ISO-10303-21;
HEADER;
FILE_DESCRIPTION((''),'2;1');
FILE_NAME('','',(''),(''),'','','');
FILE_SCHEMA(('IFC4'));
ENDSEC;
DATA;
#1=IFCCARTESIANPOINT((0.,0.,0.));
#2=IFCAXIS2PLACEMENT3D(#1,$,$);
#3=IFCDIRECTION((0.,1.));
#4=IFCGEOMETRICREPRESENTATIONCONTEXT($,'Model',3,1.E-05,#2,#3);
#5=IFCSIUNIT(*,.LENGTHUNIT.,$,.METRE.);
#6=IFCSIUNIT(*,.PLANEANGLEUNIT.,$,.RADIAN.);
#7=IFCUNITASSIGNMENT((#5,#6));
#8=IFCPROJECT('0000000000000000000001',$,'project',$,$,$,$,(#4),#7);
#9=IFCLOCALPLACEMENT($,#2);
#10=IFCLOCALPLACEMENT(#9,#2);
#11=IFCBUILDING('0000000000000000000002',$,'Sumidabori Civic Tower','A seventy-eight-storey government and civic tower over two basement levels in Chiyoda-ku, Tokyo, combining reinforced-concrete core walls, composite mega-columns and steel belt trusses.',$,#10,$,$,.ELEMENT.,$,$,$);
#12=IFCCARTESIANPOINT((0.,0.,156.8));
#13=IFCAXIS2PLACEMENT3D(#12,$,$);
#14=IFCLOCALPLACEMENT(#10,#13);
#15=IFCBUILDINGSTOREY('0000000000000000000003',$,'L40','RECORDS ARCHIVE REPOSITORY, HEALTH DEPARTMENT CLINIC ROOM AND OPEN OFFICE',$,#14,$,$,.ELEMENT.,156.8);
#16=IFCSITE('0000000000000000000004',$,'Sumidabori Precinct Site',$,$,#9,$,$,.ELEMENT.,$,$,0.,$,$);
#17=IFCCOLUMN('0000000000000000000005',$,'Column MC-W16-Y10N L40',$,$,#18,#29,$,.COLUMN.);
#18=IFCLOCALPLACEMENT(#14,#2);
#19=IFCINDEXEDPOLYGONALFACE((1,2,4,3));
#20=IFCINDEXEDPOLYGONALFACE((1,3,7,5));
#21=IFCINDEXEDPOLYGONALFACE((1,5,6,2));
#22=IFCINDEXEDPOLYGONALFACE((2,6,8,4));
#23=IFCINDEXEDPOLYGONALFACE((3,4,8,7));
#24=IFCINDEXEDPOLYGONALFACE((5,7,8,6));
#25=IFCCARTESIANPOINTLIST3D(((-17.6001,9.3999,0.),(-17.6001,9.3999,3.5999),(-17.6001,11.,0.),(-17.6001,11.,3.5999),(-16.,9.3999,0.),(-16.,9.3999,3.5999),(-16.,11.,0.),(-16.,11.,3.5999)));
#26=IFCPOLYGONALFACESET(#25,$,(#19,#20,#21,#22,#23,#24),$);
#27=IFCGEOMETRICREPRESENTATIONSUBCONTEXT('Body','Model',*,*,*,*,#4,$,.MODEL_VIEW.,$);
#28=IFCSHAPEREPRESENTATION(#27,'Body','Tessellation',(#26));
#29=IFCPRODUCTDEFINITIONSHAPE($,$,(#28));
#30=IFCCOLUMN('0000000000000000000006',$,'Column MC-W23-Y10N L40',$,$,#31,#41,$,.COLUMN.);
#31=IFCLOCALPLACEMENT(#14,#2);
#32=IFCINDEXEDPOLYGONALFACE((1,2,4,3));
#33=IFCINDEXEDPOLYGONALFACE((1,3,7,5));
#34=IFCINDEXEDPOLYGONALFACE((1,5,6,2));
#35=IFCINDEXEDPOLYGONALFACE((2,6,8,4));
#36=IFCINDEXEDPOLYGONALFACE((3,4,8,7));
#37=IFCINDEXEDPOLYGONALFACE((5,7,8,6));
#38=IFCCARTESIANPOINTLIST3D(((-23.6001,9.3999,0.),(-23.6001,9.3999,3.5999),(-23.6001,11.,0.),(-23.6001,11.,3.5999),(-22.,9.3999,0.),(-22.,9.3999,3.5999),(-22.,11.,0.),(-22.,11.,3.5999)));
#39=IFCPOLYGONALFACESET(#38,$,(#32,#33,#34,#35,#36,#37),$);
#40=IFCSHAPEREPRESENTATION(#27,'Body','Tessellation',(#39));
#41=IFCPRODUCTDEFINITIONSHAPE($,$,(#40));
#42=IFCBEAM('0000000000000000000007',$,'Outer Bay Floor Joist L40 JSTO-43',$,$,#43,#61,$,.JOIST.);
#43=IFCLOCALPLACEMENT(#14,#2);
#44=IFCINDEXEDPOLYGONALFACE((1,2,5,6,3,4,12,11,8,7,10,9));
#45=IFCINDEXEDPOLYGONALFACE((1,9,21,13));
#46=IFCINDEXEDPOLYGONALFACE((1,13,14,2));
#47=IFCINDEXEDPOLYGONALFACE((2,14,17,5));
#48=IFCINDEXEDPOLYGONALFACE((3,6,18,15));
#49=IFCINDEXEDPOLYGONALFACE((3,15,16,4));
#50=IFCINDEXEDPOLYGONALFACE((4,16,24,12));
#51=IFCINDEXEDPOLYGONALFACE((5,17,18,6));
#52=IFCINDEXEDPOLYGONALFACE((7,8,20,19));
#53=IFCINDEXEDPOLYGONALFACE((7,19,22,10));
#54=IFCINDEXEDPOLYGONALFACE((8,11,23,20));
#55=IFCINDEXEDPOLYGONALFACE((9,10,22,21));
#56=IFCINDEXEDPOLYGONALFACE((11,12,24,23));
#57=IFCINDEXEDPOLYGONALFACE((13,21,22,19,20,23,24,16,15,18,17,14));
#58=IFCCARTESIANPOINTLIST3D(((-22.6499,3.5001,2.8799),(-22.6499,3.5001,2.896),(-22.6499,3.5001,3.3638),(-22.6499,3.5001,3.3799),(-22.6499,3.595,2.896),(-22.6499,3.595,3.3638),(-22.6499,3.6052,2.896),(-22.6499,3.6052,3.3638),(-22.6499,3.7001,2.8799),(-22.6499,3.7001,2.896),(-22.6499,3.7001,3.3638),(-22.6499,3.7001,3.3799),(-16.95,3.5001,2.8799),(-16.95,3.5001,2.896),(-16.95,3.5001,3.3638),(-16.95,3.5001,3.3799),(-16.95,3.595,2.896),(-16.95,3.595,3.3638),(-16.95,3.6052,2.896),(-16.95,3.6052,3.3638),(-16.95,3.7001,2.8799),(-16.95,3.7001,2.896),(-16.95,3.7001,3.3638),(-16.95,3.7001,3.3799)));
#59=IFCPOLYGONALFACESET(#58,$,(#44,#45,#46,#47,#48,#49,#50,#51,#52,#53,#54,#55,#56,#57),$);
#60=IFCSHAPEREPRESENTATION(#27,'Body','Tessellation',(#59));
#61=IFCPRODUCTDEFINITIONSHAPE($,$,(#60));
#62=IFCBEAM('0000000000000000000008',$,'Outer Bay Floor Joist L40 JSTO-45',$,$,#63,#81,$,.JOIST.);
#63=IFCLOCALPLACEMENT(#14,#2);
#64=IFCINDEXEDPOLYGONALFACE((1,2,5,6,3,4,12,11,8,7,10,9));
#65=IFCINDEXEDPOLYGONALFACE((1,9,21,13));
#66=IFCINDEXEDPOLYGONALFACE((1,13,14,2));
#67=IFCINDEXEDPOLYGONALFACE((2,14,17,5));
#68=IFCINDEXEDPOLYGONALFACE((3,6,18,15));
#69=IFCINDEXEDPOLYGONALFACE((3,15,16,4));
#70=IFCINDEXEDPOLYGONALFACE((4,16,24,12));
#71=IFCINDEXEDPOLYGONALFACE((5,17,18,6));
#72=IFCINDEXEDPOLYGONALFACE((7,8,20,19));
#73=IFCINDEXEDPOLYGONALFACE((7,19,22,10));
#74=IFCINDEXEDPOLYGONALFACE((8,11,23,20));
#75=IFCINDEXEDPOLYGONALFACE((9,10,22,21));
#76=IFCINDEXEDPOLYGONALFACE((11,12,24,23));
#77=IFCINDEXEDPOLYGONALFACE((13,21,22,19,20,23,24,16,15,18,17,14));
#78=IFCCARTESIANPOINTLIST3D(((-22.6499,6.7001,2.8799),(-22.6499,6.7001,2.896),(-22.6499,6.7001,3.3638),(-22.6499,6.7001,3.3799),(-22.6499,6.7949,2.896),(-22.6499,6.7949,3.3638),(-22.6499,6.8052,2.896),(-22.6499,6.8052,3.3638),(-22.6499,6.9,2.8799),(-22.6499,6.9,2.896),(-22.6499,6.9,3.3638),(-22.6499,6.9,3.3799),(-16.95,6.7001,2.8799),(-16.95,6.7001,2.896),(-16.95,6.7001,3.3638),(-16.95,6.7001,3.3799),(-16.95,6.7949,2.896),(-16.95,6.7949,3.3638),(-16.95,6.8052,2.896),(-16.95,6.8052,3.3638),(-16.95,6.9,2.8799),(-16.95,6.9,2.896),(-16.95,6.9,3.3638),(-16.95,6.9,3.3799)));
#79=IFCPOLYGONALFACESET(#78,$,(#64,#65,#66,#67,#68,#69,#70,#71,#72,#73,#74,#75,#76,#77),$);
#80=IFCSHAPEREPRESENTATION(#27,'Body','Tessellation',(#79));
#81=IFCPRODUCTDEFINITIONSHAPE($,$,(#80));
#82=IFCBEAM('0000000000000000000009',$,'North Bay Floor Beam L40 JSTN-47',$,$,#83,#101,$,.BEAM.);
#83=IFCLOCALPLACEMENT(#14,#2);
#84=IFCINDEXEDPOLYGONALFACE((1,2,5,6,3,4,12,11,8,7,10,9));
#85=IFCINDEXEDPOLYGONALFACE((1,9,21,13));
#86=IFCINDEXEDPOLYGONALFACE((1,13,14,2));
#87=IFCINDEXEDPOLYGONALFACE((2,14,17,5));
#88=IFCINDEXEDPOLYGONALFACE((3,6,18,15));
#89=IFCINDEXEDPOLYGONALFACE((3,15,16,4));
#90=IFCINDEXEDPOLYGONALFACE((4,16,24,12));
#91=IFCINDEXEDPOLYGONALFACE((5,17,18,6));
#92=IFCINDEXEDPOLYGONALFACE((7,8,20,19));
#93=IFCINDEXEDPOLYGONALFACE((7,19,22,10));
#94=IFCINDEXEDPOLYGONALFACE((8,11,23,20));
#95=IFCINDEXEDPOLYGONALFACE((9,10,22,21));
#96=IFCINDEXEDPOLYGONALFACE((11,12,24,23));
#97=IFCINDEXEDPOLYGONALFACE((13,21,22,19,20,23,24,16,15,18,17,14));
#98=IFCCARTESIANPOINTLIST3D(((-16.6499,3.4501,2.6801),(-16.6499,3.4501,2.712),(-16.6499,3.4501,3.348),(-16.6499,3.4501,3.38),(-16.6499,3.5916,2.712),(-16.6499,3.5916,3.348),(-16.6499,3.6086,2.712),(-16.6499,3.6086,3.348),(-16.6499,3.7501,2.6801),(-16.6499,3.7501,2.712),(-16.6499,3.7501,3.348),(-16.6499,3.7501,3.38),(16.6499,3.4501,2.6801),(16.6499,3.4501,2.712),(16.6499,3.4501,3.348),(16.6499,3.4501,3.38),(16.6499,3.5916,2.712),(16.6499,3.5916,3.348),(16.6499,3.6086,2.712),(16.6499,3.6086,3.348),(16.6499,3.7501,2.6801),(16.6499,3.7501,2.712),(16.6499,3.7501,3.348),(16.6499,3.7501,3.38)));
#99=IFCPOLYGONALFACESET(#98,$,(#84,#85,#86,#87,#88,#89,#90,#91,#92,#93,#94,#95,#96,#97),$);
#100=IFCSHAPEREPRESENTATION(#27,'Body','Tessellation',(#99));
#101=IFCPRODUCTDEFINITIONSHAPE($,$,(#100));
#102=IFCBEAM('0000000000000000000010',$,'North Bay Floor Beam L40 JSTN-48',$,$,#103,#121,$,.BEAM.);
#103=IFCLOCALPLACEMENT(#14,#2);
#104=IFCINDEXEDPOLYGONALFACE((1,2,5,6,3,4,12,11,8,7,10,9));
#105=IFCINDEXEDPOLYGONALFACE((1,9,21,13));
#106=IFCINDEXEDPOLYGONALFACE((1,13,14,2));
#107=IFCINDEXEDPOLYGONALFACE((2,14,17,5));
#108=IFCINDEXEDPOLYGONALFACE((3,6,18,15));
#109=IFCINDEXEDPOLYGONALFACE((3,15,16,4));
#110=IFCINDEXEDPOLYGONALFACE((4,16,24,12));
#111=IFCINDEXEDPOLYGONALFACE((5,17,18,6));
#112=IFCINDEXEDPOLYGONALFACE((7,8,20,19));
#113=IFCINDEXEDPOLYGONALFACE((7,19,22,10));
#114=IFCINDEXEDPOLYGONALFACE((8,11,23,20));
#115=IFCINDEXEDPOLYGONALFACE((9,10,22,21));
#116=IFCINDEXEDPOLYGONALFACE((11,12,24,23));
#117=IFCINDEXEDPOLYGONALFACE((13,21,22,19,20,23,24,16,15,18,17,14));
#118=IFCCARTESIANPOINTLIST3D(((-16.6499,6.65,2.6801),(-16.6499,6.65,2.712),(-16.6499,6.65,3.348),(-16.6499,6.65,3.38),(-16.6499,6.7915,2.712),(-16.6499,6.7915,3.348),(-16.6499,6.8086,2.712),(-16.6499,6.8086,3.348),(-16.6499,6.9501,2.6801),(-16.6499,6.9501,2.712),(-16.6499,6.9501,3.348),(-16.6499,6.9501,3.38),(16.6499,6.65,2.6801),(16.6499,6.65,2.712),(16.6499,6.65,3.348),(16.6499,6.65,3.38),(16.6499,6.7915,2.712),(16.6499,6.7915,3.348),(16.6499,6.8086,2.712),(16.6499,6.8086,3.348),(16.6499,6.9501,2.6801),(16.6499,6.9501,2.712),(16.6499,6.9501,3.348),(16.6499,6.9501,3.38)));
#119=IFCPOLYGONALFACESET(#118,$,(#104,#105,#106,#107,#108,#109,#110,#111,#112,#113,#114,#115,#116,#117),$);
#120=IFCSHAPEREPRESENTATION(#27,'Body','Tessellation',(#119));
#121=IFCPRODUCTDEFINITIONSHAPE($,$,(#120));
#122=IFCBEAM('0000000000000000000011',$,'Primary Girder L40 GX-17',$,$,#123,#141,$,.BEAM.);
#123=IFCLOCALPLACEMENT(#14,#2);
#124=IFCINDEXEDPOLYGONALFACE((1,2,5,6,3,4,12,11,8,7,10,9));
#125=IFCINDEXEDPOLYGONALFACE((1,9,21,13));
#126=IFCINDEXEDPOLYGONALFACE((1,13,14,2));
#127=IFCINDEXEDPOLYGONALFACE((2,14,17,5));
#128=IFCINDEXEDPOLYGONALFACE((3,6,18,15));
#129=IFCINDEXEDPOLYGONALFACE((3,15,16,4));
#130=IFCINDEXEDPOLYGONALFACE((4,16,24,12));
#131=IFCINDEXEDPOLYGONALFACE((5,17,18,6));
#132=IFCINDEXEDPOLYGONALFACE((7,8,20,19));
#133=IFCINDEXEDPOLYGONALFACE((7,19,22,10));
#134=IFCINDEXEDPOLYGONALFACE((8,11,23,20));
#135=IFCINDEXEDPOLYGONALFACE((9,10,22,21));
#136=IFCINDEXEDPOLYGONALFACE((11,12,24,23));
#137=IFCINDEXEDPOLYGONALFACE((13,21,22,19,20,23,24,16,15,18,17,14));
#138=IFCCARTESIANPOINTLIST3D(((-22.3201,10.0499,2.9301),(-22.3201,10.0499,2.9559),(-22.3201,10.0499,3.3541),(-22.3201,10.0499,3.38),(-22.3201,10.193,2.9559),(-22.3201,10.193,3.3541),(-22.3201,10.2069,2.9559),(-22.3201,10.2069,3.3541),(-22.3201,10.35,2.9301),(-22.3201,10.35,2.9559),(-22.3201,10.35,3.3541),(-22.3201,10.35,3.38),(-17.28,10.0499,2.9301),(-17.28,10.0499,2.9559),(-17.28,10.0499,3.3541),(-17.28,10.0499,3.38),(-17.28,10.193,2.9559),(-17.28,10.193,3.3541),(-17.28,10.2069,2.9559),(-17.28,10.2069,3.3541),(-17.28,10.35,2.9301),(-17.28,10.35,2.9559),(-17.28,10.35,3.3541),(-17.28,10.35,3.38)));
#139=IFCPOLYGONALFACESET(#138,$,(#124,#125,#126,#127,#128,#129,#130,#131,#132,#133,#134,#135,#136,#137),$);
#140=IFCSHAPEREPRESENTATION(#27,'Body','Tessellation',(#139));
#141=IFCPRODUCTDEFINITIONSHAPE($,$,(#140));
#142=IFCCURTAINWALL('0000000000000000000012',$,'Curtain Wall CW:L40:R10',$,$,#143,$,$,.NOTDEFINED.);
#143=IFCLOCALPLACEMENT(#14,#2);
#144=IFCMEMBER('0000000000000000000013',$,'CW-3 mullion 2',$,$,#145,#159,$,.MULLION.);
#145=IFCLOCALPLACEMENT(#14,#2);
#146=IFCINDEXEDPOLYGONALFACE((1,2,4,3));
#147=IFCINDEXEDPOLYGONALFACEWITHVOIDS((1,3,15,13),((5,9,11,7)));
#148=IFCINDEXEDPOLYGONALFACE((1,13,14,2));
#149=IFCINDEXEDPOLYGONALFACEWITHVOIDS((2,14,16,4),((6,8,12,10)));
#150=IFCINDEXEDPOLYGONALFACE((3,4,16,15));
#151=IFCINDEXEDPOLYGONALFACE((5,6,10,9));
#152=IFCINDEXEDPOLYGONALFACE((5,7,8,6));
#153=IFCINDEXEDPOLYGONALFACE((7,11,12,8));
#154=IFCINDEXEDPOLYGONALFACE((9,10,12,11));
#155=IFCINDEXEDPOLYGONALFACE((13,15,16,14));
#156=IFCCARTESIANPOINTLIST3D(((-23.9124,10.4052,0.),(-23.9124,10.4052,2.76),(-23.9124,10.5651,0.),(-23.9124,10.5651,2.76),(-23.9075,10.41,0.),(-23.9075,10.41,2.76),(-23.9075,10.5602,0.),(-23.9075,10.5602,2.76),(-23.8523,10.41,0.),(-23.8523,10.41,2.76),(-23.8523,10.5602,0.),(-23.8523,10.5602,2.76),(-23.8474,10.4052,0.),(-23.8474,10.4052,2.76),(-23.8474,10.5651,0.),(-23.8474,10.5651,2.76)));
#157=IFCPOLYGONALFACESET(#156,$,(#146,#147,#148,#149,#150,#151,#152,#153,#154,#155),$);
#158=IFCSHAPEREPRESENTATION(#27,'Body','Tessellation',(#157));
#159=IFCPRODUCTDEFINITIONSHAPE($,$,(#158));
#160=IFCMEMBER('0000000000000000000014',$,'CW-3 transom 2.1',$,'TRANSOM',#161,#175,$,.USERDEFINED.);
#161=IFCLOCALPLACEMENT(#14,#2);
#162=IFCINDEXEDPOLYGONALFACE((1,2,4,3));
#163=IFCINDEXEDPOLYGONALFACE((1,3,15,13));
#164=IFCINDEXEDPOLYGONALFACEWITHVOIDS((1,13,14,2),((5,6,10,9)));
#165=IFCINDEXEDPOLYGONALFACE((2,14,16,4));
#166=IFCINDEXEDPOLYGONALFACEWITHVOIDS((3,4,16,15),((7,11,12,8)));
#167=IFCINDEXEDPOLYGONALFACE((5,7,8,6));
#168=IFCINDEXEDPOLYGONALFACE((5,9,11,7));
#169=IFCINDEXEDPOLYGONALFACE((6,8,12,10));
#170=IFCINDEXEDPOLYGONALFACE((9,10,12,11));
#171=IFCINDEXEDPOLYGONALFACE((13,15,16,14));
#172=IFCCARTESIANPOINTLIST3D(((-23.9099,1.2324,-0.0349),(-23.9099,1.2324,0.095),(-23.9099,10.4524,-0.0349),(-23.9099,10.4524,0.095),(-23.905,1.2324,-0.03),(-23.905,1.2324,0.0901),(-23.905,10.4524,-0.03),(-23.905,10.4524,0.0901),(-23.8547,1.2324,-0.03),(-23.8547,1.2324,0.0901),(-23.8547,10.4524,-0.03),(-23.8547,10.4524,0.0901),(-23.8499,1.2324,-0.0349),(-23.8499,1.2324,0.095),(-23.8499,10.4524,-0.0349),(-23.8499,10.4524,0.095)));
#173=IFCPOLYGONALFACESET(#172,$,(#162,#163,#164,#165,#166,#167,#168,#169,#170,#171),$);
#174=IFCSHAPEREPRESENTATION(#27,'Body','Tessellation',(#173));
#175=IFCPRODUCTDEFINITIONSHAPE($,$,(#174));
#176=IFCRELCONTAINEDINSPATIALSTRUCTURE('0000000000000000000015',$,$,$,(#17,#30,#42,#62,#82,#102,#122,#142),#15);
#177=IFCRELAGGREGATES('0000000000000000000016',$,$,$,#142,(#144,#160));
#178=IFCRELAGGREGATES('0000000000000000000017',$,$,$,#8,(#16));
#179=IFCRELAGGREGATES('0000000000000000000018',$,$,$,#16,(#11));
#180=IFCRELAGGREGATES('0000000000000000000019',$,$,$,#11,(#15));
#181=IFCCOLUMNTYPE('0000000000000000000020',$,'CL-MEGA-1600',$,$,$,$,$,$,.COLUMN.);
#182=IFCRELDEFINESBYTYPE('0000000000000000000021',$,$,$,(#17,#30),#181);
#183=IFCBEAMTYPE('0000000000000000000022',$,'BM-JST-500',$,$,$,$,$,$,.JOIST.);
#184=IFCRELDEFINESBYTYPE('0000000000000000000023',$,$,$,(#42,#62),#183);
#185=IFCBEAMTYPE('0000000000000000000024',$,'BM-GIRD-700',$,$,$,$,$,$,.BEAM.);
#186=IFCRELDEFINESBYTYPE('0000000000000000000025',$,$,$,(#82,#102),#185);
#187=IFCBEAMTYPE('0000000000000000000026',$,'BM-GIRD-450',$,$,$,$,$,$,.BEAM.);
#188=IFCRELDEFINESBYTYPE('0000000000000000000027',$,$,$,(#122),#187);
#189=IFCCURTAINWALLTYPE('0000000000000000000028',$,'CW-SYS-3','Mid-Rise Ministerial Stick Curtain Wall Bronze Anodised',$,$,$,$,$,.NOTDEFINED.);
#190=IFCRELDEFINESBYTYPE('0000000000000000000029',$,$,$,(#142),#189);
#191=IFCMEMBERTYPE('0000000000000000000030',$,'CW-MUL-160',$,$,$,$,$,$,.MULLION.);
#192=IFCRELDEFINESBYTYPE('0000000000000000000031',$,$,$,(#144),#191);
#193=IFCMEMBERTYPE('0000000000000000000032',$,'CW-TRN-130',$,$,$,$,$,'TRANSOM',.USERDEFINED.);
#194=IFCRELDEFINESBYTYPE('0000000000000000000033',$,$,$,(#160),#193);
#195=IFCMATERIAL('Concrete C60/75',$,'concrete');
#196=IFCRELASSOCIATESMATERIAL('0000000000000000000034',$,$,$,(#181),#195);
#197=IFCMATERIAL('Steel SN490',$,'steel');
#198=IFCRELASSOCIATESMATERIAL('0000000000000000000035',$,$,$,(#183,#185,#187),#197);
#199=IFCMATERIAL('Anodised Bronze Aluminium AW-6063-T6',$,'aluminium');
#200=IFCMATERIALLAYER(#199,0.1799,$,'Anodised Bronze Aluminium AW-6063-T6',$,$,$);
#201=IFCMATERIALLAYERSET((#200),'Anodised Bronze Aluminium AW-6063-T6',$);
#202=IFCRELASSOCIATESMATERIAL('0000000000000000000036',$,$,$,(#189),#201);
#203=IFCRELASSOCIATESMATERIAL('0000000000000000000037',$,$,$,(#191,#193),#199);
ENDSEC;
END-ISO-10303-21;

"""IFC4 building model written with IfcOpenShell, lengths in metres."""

from ifc_helpers import new_model, si_unit, direction, frame, origin, origin_2d, place, context, subcontext, project, spatial, rectangle, hollow_rectangle, i_section, extrude, source, transform, mapped, material, layer, layer_set, material_profile, profile_set, type_object, element, aggregate, save


model = new_model("IFC4")

# Units and contexts
model_context = context("Model", 3, precision=1e-05, world=origin(), true_north=direction((0.0, 1.0)))
body_context = subcontext(model_context, "Body", "Model", "MODEL_VIEW")
ifc_project = project(units=[si_unit("LENGTHUNIT", "METRE"), si_unit("PLANEANGLEUNIT", "RADIAN")], contexts=[model_context])

# Site, building, storey
site_placement = place(None, origin())
site = spatial("IfcSite", under=ifc_project, at=site_placement, Name="Sumidabori Precinct Site", CompositionType="ELEMENT", RefElevation=0.0)
building_placement = place(site_placement, origin())
building = spatial("IfcBuilding", under=site, at=building_placement, Name="Sumidabori Civic Tower", Description="A seventy-eight-storey government and civic tower over two basement levels in Chiyoda-ku, Tokyo, combining reinforced-concrete core walls, composite mega-columns and steel belt trusses.", CompositionType="ELEMENT")
storey_placement = place(building_placement, frame((0.0, 0.0, 156.8)))
storey = spatial("IfcBuildingStorey", under=building, at=storey_placement, Name="L40", Description="RECORDS ARCHIVE REPOSITORY, HEALTH DEPARTMENT CLINIC ROOM AND OPEN OFFICE", CompositionType="ELEMENT", Elevation=156.8)

# Columns
ifc_material_1 = material(Name="Concrete C60/75", Category="concrete")
ifc_material_profile_1 = material_profile(ifc_material_1, rectangle(XDim=1.6001, YDim=1.6001, at=origin_2d()), Name="RC 1600x1600")
ifc_profile_set_1 = profile_set([ifc_material_profile_1], Name="Concrete C60/75")
column_type = type_object("IfcColumnType", Name="CL-MEGA-1600", PredefinedType="COLUMN", material=ifc_profile_set_1)
shared_shape_1 = source(origin(), body_context, "Body", "SweptSolid", [
    extrude(rectangle(XDim=1.6001, YDim=1.6001, at=origin_2d()), origin(), (0.0, 0.0, 1.0), 3.5999),
])
for number, where, z_axis, x_axis, name in (
    (1, (-16.8, 10.2, 0.0), (0.0, 0.0, 1.0), (1.0, 0.0, 0.0), "Column MC-W16-Y10N L40"),
    (2, (-22.8, 10.2, 0.0), (0.0, 0.0, 1.0), (1.0, 0.0, 0.0), "Column MC-W23-Y10N L40"),
):
    element("IfcColumn", number, at=place(storey_placement, frame(where, z_axis=z_axis, x_axis=x_axis)), inside=storey, type_object=column_type, Name=name, PredefinedType="COLUMN", context=body_context, shape_type="MappedRepresentation", body=[
        mapped(shared_shape_1, transform((0.0, 0.0, 0.0), x_axis=(1.0, 0.0, 0.0), y_axis=(0.0, 1.0, 0.0), z_axis=(0.0, 0.0, 1.0), scale=1.0)),
    ])

# Beams
ifc_material_2 = material(Name="Steel SN490", Category="steel")
ifc_material_profile_2 = material_profile(ifc_material_2, i_section(OverallWidth=0.2, OverallDepth=0.5, WebThickness=0.0103, FlangeThickness=0.0161, at=origin_2d()), Name="IPE 500")
ifc_profile_set_2 = profile_set([ifc_material_profile_2], Name="Steel SN490")
beam_type_1 = type_object("IfcBeamType", Name="BM-JST-500", PredefinedType="JOIST", material=ifc_profile_set_2)
shared_shape_2 = source(origin(), body_context, "Body", "SweptSolid", [
    extrude(i_section(OverallWidth=0.2, OverallDepth=0.5, WebThickness=0.0103, FlangeThickness=0.0161, at=origin_2d()), origin(), (0.0, 0.0, 1.0), 5.7),
])
for number, where, z_axis, x_axis, name in (
    (3, (-22.6499, 3.6001, 3.1299), (1.0, 0.0, 0.0), (0.0, 1.0, 0.0), "Outer Bay Floor Joist L40 JSTO-43"),
    (4, (-22.6499, 6.8, 3.1299), (1.0, 0.0, 0.0), (0.0, 1.0, 0.0), "Outer Bay Floor Joist L40 JSTO-45"),
):
    element("IfcBeam", number, at=place(storey_placement, frame(where, z_axis=z_axis, x_axis=x_axis)), inside=storey, type_object=beam_type_1, Name=name, PredefinedType="JOIST", context=body_context, shape_type="MappedRepresentation", body=[
        mapped(shared_shape_2, transform((0.0, 0.0, 0.0), x_axis=(1.0, 0.0, 0.0), y_axis=(0.0, 1.0, 0.0), z_axis=(0.0, 0.0, 1.0), scale=1.0)),
    ])
ifc_material_profile_3 = material_profile(ifc_material_2, i_section(OverallWidth=0.3, OverallDepth=0.7, WebThickness=0.0171, FlangeThickness=0.032, at=origin_2d()), Name="HE 700 B")
ifc_profile_set_3 = profile_set([ifc_material_profile_3], Name="Steel SN490")
beam_type_2 = type_object("IfcBeamType", Name="BM-GIRD-700", PredefinedType="BEAM", material=ifc_profile_set_3)
shared_shape_3 = source(origin(), body_context, "Body", "SweptSolid", [
    extrude(i_section(OverallWidth=0.3, OverallDepth=0.7, WebThickness=0.0171, FlangeThickness=0.032, at=origin_2d()), origin(), (0.0, 0.0, 1.0), 33.2998),
])
for number, where, z_axis, x_axis, name in (
    (5, (-16.6499, 3.6001, 3.03), (1.0, 0.0, 0.0), (0.0, 1.0, 0.0), "North Bay Floor Beam L40 JSTN-47"),
    (6, (-16.6499, 6.8, 3.03), (1.0, 0.0, 0.0), (0.0, 1.0, 0.0), "North Bay Floor Beam L40 JSTN-48"),
):
    element("IfcBeam", number, at=place(storey_placement, frame(where, z_axis=z_axis, x_axis=x_axis)), inside=storey, type_object=beam_type_2, Name=name, PredefinedType="BEAM", context=body_context, shape_type="MappedRepresentation", body=[
        mapped(shared_shape_3, transform((0.0, 0.0, 0.0), x_axis=(1.0, 0.0, 0.0), y_axis=(0.0, 1.0, 0.0), z_axis=(0.0, 0.0, 1.0), scale=1.0)),
    ])
ifc_material_profile_4 = material_profile(ifc_material_2, i_section(OverallWidth=0.3, OverallDepth=0.45, WebThickness=0.0139, FlangeThickness=0.0259, at=origin_2d()), Name="HE 450 B")
ifc_profile_set_4 = profile_set([ifc_material_profile_4], Name="Steel SN490")
beam_type_3 = type_object("IfcBeamType", Name="BM-GIRD-450", PredefinedType="BEAM", material=ifc_profile_set_4)
shared_shape_4 = source(origin(), body_context, "Body", "SweptSolid", [
    extrude(i_section(OverallWidth=0.3, OverallDepth=0.45, WebThickness=0.0139, FlangeThickness=0.0259, at=origin_2d()), origin(), (0.0, 0.0, 1.0), 5.04),
])
beam_placement = place(storey_placement, frame((-22.3201, 10.2, 3.155), z_axis=(1.0, 0.0, 0.0), x_axis=(0.0, 1.0, 0.0)))
element("IfcBeam", 7, at=beam_placement, inside=storey, type_object=beam_type_3, Name="Primary Girder L40 GX-17", PredefinedType="BEAM", context=body_context, shape_type="MappedRepresentation", body=[
    mapped(shared_shape_4, transform((0.0, 0.0, 0.0), x_axis=(1.0, 0.0, 0.0), y_axis=(0.0, 1.0, 0.0), z_axis=(0.0, 0.0, 1.0), scale=1.0)),
])

# Curtain wall, members
ifc_material_3 = material(Name="Anodised Bronze Aluminium AW-6063-T6", Category="aluminium")
ifc_layer_1 = layer(ifc_material_3, 0.1799, Name="Anodised Bronze Aluminium AW-6063-T6")
ifc_layer_set_1 = layer_set([ifc_layer_1], Name="Anodised Bronze Aluminium AW-6063-T6")
curtain_wall_type = type_object("IfcCurtainWallType", Name="CW-SYS-3", Description="Mid-Rise Ministerial Stick Curtain Wall Bronze Anodised", PredefinedType="NOTDEFINED", material=ifc_layer_set_1)
curtain_wall_placement = place(storey_placement, origin())
curtain_wall = element("IfcCurtainWall", 8, at=curtain_wall_placement, inside=storey, type_object=curtain_wall_type, Name="Curtain Wall CW:L40:R10", PredefinedType="NOTDEFINED")
ifc_material_profile_5 = material_profile(ifc_material_3, hollow_rectangle(XDim=0.0649, YDim=0.1599, WallThickness=0.0049, at=origin_2d()), Name="ALU MULLION 160x65")
ifc_profile_set_5 = profile_set([ifc_material_profile_5], Name="Anodised Bronze Aluminium AW-6063-T6")
member_type_1 = type_object("IfcMemberType", Name="CW-MUL-160", PredefinedType="MULLION", material=ifc_profile_set_5)
shared_shape_5 = source(origin(), body_context, "Body", "SweptSolid", [
    extrude(hollow_rectangle(XDim=0.0649, YDim=0.1599, WallThickness=0.0049, at=origin_2d()), origin(), (0.0, 0.0, 1.0), 2.76),
])
member_1_placement = place(storey_placement, frame((-23.8799, 10.4851, 0.0), z_axis=(0.0, 0.0, 1.0), x_axis=(1.0, 0.0, 0.0)))
member_1 = element("IfcMember", 9, at=member_1_placement, type_object=member_type_1, Name="CW-3 mullion 2", PredefinedType="MULLION", context=body_context, shape_type="MappedRepresentation", body=[
    mapped(shared_shape_5, transform((0.0, 0.0, 0.0), x_axis=(1.0, 0.0, 0.0), y_axis=(0.0, 1.0, 0.0), z_axis=(0.0, 0.0, 1.0), scale=1.0)),
])
ifc_material_profile_6 = material_profile(ifc_material_3, hollow_rectangle(XDim=0.0601, YDim=0.1299, WallThickness=0.0049, at=origin_2d()), Name="ALU TRANSOM 130x60")
ifc_profile_set_6 = profile_set([ifc_material_profile_6], Name="Anodised Bronze Aluminium AW-6063-T6")
member_type_2 = type_object("IfcMemberType", Name="CW-TRN-130", ElementType="TRANSOM", PredefinedType="USERDEFINED", material=ifc_profile_set_6)
shared_shape_6 = source(origin(), body_context, "Body", "SweptSolid", [
    extrude(hollow_rectangle(XDim=0.0601, YDim=0.1299, WallThickness=0.0049, at=origin_2d()), origin(), (0.0, 0.0, 1.0), 9.22),
])
member_2_placement = place(storey_placement, frame((-23.8799, 10.4524, 0.03), z_axis=(0.0, -1.0, 0.0), x_axis=(1.0, 0.0, 0.0)))
member_2 = element("IfcMember", 10, at=member_2_placement, type_object=member_type_2, Name="CW-3 transom 2.1", ObjectType="TRANSOM", PredefinedType="USERDEFINED", context=body_context, shape_type="MappedRepresentation", body=[
    mapped(shared_shape_6, transform((0.0, 0.0, 0.0), x_axis=(1.0, 0.0, 0.0), y_axis=(0.0, 1.0, 0.0), z_axis=(0.0, 0.0, 1.0), scale=1.0)),
])
aggregate(curtain_wall, [member_1, member_2])

save(model, "model.ifc")
